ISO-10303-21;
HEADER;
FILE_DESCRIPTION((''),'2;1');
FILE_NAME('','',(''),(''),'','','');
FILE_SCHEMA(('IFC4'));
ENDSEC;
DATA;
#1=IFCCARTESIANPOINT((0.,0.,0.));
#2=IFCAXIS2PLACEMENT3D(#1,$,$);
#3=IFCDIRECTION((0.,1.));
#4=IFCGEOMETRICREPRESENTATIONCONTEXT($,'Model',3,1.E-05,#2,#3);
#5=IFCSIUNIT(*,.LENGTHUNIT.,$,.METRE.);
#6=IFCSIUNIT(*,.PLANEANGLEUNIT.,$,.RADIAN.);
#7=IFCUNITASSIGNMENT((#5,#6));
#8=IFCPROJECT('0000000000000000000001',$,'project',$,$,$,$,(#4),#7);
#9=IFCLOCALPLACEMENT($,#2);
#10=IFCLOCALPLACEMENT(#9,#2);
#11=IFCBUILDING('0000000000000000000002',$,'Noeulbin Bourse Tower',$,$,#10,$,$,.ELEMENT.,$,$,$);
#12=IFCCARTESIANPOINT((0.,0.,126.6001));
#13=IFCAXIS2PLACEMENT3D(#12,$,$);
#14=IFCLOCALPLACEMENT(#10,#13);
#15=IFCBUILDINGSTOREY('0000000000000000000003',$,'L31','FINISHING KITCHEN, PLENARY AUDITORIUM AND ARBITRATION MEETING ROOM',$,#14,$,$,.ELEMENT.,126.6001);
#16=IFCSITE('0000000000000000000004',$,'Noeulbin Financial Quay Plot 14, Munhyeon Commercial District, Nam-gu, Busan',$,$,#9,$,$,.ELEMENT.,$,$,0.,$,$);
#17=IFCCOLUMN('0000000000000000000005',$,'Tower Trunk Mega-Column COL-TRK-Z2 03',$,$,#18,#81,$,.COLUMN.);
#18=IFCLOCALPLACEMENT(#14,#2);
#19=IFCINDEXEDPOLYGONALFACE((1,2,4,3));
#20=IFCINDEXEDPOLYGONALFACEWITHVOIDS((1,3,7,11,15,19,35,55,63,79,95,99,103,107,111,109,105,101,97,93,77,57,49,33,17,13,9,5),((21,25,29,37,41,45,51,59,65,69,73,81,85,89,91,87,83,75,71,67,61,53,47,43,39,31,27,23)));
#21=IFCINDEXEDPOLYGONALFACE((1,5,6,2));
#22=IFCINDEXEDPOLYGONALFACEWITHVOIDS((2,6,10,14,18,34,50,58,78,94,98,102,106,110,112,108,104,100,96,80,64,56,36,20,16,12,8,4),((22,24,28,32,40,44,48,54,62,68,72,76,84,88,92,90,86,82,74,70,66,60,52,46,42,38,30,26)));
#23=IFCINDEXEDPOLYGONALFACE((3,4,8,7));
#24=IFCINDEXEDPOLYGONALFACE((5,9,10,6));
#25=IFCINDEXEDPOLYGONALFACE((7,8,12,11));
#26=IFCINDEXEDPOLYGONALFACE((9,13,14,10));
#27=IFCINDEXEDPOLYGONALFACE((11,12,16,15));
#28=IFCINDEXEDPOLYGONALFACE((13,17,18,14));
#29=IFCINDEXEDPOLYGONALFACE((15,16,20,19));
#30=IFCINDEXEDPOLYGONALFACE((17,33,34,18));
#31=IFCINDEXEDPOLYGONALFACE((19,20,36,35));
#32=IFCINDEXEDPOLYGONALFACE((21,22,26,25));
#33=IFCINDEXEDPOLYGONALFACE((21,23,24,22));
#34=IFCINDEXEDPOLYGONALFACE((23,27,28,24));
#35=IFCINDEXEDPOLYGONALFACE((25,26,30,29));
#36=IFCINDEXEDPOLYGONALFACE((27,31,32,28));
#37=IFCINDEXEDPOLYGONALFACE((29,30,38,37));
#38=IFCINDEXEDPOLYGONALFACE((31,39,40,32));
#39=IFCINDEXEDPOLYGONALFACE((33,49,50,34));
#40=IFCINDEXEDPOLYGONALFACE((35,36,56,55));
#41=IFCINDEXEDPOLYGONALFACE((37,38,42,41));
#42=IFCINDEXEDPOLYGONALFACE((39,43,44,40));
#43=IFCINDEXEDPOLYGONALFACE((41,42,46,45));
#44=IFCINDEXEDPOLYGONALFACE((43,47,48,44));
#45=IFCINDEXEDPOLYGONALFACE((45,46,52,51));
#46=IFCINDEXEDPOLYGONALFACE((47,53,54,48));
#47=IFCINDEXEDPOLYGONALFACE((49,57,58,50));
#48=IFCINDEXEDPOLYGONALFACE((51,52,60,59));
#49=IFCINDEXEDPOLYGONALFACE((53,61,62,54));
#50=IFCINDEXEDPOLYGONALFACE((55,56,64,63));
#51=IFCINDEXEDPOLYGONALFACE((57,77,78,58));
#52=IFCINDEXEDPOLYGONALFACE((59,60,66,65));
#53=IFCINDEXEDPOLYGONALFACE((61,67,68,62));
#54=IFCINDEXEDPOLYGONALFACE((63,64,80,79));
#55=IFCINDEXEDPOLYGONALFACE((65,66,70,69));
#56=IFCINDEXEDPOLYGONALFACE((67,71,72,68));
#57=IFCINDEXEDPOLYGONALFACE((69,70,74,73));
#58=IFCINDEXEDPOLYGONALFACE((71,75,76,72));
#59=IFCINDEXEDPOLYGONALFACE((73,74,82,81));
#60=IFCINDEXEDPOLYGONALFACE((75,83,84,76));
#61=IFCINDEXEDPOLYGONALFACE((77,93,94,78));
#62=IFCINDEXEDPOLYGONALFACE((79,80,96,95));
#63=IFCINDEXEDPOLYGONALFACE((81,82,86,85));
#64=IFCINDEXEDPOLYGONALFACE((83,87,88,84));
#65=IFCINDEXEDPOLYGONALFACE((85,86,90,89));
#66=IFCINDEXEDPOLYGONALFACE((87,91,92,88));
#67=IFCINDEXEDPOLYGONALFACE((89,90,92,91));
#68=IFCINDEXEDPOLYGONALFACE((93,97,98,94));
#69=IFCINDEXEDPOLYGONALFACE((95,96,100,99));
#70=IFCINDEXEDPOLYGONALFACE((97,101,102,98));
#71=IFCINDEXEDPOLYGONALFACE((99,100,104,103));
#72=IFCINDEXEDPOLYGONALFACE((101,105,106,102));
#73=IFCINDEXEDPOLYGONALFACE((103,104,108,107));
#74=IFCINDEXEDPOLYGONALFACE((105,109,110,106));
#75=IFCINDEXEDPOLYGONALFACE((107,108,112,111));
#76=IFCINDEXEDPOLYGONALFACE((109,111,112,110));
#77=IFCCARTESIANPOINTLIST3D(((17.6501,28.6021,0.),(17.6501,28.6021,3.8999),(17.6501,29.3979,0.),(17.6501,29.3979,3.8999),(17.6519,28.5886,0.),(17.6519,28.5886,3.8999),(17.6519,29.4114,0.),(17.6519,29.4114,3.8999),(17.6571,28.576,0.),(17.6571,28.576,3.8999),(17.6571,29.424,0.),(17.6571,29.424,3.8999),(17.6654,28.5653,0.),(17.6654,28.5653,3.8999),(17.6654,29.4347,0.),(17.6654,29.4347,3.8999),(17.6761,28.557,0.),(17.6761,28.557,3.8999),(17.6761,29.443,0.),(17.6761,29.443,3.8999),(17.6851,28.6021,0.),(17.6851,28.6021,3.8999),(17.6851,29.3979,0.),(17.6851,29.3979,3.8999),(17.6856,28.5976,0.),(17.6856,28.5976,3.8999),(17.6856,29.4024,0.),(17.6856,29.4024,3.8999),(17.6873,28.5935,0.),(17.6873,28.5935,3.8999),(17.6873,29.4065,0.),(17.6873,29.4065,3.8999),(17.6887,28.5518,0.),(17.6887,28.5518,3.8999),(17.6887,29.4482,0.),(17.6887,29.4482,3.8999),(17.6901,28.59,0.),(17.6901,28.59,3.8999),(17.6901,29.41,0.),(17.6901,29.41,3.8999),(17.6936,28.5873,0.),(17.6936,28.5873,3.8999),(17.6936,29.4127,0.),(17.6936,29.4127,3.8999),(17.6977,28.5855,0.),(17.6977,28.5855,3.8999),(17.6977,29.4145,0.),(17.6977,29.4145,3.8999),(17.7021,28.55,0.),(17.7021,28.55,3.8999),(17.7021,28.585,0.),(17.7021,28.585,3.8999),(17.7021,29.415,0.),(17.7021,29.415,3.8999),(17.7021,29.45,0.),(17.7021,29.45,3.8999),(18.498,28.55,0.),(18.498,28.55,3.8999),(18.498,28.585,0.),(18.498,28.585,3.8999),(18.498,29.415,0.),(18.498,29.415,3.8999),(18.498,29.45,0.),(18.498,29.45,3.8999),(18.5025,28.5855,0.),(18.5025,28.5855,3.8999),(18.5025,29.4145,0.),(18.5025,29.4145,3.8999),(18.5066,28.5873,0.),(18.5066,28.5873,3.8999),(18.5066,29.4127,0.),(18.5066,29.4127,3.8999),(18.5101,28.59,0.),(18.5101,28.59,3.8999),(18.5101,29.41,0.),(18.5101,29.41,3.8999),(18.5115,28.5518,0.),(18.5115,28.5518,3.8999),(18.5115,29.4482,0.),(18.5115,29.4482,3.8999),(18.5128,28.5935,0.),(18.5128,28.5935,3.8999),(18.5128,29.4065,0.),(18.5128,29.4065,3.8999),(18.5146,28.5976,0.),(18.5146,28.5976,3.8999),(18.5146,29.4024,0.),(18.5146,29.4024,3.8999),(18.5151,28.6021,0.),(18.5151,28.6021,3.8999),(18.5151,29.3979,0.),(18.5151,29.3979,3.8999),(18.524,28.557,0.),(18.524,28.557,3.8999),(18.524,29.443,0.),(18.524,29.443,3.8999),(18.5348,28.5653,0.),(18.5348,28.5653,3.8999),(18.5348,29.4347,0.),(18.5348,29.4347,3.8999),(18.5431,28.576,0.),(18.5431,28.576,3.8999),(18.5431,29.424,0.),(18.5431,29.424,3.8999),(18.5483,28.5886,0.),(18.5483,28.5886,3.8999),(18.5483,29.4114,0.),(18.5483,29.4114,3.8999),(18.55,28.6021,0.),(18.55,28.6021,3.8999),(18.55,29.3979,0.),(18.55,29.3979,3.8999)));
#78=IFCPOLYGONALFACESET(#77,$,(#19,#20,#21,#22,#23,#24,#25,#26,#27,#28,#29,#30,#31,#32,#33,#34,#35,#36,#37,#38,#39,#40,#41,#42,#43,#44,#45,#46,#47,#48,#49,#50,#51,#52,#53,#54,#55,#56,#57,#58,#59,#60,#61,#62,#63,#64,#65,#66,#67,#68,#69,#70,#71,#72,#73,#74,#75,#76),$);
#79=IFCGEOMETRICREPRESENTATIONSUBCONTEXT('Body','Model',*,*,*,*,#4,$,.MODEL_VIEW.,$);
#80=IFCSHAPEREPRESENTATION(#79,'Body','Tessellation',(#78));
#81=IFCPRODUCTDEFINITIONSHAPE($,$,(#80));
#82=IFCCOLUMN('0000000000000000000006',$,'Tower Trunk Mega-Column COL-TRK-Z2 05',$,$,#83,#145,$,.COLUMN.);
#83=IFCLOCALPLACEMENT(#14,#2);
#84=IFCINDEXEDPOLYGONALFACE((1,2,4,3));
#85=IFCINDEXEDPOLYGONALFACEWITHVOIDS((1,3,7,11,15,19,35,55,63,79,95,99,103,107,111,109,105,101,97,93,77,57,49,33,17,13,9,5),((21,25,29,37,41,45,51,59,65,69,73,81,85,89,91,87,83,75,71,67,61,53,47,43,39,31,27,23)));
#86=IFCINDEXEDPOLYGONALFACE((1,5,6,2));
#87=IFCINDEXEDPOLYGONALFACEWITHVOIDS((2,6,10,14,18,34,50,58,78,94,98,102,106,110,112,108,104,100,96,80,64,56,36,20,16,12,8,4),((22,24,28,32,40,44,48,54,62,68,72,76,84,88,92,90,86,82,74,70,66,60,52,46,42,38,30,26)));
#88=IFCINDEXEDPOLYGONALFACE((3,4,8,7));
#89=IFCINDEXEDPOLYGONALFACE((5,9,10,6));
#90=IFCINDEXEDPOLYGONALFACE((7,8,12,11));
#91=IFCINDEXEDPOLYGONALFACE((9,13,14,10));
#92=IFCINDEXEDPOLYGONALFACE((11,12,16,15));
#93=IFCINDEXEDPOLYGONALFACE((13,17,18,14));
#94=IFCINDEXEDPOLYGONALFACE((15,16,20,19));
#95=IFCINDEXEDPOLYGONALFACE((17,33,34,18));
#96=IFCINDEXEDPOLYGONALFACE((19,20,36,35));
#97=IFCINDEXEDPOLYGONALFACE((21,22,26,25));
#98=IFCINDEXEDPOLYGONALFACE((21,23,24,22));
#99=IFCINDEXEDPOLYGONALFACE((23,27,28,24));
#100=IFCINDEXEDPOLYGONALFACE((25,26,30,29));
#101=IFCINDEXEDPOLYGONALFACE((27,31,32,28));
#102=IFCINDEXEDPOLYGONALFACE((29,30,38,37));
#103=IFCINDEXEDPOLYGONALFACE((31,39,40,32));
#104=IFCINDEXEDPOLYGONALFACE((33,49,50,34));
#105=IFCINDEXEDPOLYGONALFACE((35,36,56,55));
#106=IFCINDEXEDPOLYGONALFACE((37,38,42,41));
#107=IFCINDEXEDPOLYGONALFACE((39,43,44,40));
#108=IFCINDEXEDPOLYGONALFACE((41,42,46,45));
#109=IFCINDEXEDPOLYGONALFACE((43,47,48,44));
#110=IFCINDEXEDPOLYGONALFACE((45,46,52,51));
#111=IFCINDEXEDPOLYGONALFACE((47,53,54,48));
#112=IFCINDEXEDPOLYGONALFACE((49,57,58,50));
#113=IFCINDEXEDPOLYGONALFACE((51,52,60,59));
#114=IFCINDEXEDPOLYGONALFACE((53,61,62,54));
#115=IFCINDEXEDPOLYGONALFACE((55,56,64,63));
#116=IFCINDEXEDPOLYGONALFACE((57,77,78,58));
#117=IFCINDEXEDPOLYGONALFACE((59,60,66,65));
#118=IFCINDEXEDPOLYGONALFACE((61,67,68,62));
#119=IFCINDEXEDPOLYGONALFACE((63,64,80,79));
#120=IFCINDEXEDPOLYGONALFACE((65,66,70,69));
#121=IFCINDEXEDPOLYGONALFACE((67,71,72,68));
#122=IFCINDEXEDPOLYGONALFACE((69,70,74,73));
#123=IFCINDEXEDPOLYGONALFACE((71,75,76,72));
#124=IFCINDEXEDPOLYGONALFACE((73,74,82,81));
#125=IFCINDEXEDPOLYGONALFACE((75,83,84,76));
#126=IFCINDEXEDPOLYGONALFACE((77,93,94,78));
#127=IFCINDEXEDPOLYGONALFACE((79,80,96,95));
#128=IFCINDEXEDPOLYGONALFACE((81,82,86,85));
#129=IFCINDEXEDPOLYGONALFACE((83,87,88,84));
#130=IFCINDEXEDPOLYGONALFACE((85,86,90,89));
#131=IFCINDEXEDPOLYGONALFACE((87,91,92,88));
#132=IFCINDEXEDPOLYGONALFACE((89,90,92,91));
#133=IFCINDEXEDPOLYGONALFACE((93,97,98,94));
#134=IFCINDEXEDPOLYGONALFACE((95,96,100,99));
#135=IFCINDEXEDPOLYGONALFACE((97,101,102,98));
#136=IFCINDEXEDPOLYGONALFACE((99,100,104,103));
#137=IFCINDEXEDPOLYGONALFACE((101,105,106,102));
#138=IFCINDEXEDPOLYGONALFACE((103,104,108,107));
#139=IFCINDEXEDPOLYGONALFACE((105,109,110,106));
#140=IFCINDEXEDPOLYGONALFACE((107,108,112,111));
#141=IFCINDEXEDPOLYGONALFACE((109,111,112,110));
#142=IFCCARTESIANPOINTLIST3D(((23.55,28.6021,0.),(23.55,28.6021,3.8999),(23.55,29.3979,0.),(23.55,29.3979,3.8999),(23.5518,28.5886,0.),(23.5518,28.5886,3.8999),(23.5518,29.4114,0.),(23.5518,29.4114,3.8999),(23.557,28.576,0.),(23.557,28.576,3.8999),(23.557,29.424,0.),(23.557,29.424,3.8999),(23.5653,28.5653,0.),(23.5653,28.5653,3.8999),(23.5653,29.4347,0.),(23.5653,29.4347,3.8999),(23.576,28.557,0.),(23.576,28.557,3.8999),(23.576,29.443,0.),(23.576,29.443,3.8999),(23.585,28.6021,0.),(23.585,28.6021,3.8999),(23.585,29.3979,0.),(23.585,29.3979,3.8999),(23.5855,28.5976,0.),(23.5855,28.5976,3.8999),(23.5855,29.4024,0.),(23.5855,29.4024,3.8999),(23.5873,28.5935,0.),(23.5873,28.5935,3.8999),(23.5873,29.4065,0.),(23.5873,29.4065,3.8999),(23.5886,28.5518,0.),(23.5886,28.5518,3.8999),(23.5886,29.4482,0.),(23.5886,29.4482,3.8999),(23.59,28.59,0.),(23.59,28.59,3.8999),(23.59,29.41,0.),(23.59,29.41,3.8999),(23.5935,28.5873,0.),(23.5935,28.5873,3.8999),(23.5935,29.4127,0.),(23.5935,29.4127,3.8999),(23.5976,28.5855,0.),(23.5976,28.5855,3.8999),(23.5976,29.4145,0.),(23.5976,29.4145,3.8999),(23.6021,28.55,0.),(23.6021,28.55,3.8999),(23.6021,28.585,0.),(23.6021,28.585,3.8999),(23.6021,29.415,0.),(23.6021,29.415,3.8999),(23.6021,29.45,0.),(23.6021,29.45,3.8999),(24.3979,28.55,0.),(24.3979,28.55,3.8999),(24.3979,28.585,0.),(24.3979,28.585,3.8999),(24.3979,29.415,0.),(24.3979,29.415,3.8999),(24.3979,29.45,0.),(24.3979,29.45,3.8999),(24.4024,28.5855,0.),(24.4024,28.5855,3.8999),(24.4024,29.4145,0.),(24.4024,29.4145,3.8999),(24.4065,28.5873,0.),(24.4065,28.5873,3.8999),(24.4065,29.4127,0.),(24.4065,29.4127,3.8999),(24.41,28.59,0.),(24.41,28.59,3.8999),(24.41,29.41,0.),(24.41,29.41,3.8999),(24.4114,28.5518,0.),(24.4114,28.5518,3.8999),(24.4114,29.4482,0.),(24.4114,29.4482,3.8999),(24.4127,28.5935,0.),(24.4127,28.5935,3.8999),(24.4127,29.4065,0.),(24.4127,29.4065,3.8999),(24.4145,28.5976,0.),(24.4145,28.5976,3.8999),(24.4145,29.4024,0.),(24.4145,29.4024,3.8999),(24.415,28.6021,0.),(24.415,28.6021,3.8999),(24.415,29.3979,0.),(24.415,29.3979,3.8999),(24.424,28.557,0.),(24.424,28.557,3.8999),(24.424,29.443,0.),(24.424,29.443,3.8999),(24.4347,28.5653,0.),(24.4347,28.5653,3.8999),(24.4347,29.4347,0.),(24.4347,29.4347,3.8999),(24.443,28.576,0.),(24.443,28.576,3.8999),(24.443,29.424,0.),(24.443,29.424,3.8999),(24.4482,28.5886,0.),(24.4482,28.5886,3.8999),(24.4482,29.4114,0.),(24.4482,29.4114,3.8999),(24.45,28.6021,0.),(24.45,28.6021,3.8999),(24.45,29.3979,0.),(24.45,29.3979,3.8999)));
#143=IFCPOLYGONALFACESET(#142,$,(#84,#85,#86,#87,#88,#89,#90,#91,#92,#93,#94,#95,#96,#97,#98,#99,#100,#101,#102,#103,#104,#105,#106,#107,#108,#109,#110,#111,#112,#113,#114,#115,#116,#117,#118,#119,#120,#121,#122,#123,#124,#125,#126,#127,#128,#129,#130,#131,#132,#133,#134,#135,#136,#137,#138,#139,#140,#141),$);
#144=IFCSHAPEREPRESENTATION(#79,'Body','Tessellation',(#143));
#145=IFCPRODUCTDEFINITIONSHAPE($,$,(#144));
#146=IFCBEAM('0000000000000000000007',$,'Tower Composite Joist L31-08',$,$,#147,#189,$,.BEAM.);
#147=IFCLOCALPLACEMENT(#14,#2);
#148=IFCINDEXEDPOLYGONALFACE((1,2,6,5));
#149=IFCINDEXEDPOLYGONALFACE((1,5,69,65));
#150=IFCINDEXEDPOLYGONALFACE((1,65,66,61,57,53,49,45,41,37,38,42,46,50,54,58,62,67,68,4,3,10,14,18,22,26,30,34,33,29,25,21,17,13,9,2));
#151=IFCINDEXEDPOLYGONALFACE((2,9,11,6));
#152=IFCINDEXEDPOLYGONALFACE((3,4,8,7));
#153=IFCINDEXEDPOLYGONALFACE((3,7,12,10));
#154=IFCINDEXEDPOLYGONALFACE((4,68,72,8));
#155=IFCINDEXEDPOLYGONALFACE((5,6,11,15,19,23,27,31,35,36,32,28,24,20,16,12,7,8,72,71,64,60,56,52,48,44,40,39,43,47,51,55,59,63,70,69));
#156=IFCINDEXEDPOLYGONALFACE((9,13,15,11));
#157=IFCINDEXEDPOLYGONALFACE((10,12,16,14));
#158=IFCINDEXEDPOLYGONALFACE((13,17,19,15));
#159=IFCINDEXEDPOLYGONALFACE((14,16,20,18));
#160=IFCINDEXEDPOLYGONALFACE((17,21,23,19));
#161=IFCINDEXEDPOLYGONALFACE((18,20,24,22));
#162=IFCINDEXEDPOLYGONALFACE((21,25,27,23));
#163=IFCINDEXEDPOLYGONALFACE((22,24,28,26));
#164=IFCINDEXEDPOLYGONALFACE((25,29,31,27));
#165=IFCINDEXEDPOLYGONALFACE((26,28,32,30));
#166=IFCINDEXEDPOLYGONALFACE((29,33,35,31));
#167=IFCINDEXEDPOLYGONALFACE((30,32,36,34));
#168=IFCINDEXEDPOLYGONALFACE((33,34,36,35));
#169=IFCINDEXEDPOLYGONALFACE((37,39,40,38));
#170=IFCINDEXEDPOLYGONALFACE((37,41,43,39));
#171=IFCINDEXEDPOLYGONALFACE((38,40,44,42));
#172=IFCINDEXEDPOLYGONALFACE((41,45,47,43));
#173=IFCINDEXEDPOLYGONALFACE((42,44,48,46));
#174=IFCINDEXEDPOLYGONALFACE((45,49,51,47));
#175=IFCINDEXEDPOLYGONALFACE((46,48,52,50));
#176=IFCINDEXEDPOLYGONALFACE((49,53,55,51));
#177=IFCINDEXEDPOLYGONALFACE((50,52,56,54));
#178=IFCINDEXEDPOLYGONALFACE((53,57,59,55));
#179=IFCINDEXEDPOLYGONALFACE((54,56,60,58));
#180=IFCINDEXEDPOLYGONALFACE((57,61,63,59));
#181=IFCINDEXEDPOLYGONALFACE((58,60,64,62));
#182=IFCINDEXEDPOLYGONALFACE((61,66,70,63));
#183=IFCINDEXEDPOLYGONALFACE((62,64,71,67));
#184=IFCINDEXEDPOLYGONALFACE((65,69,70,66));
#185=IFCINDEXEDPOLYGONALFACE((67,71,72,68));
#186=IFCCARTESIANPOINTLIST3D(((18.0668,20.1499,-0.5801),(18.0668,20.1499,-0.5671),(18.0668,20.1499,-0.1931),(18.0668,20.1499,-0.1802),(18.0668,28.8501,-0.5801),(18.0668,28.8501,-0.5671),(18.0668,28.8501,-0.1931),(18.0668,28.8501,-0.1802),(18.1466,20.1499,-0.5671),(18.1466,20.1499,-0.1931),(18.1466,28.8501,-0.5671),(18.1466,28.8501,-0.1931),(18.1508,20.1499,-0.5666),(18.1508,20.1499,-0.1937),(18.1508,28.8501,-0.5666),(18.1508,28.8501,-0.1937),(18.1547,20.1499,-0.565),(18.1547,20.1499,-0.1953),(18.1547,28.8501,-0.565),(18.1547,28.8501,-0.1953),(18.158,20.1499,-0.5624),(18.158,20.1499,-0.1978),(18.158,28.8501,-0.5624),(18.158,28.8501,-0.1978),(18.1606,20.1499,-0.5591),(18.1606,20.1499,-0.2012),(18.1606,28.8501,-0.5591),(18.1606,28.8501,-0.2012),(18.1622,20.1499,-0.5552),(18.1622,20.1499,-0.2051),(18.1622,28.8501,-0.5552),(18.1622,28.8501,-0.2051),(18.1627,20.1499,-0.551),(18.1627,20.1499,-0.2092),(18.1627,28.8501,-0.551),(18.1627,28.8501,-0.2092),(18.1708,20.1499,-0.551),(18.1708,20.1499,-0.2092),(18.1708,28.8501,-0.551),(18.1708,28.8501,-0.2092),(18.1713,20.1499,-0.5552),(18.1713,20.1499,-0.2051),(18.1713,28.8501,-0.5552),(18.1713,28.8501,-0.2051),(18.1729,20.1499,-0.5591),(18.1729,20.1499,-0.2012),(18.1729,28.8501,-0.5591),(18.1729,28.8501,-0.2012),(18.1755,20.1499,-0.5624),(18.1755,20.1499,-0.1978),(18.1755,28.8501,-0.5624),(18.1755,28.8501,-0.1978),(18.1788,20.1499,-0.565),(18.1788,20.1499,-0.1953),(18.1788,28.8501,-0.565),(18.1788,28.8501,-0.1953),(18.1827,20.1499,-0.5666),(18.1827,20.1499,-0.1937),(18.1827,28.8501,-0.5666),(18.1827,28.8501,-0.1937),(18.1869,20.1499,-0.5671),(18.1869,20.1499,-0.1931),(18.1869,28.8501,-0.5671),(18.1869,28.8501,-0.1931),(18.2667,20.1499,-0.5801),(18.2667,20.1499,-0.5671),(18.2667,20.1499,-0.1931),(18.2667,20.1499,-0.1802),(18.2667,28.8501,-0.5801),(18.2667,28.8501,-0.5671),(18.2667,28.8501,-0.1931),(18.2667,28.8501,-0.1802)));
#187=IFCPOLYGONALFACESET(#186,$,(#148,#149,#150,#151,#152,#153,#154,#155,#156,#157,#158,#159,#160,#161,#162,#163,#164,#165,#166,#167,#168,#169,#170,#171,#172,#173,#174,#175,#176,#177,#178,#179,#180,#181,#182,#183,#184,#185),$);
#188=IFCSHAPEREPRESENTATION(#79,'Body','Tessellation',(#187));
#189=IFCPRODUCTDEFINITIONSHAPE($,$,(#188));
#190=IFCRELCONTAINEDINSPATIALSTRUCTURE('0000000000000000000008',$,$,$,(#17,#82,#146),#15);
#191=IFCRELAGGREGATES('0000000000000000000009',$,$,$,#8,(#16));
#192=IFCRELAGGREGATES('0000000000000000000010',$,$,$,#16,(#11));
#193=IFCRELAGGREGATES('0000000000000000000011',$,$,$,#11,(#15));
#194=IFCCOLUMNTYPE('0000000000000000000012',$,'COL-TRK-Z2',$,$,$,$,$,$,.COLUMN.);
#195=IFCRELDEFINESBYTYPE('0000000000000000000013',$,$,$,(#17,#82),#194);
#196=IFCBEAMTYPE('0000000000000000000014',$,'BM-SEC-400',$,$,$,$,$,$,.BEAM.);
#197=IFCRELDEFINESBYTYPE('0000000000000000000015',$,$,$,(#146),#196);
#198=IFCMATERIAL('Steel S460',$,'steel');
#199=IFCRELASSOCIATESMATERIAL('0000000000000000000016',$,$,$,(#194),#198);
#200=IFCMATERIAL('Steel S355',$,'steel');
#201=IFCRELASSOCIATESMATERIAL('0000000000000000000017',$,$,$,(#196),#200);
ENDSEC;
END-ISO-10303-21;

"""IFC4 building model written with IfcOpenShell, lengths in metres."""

from ifc_helpers import new_model, si_unit, direction, frame, origin, origin_2d, place, context, subcontext, project, spatial, hollow_rectangle, i_section, extrude, material, material_profile, profile_set, type_object, element, save


model = new_model("IFC4")

# Units and contexts
model_context = context("Model", 3, precision=1e-05, world=origin(), true_north=direction((0.0, 1.0)))
body_context = subcontext(model_context, "Body", "Model", "MODEL_VIEW")
ifc_project = project(units=[si_unit("LENGTHUNIT", "METRE"), si_unit("PLANEANGLEUNIT", "RADIAN")], contexts=[model_context])

# Site, building, storey
site_placement = place(None, origin())
site = spatial("IfcSite", under=ifc_project, at=site_placement, Name="Noeulbin Financial Quay Plot 14, Munhyeon Commercial District, Nam-gu, Busan", CompositionType="ELEMENT", RefElevation=0.0)
building_placement = place(site_placement, origin())
building = spatial("IfcBuilding", under=site, at=building_placement, Name="Noeulbin Bourse Tower", CompositionType="ELEMENT")
storey_placement = place(building_placement, frame((0.0, 0.0, 126.6001)))
storey = spatial("IfcBuildingStorey", under=building, at=storey_placement, Name="L31", Description="FINISHING KITCHEN, PLENARY AUDITORIUM AND ARBITRATION MEETING ROOM", CompositionType="ELEMENT", Elevation=126.6001)

# Columns
ifc_material_1 = material(Name="Steel S460", Category="steel")
ifc_material_profile_1 = material_profile(ifc_material_1, hollow_rectangle(XDim=0.8999, YDim=0.8999, WallThickness=0.0349, InnerFilletRadius=0.0171, OuterFilletRadius=0.052, at=origin_2d()), Name="BOX-900x900x35", Category="LoadBearing")
ifc_profile_set_1 = profile_set([ifc_material_profile_1], Name="Steel S460")
column_type = type_object("IfcColumnType", Name="COL-TRK-Z2", PredefinedType="COLUMN", material=ifc_profile_set_1)
for number, where, z_axis, x_axis, name in (
    (1, (18.1001, 29.0, 0.0), (0.0, 0.0, 1.0), (1.0, 0.0, 0.0), "Tower Trunk Mega-Column COL-TRK-Z2 03"),
    (2, (24.0, 29.0, 0.0), (0.0, 0.0, 1.0), (1.0, 0.0, 0.0), "Tower Trunk Mega-Column COL-TRK-Z2 05"),
):
    element("IfcColumn", number, at=place(storey_placement, frame(where, z_axis=z_axis, x_axis=x_axis)), inside=storey, type_object=column_type, Name=name, PredefinedType="COLUMN", context=body_context, shape_type="SweptSolid", body=[
        extrude(hollow_rectangle(XDim=0.8999, YDim=0.8999, WallThickness=0.0349, InnerFilletRadius=0.0171, OuterFilletRadius=0.052, at=origin_2d()), origin(), (0.0, 0.0, 1.0), 3.8999),
    ])

# Beam
ifc_material_2 = material(Name="Steel S355", Category="steel")
ifc_material_profile_2 = material_profile(ifc_material_2, i_section(OverallWidth=0.2, OverallDepth=0.3999, WebThickness=0.0081, FlangeThickness=0.0129, FilletRadius=0.0161, at=origin_2d()), Name="H-400x200x8x13", Category="LoadBearing")
ifc_profile_set_2 = profile_set([ifc_material_profile_2], Name="Steel S355")
beam_type = type_object("IfcBeamType", Name="BM-SEC-400", PredefinedType="BEAM", material=ifc_profile_set_2)
for number, where, z_axis, x_axis, name in (
    (3, (18.1667, 20.1499, -0.3801), (0.0, 1.0, 0.0), (-1.0, 0.0, 0.0), "Tower Composite Joist L31-08"),
):
    element("IfcBeam", number, at=place(storey_placement, frame(where, z_axis=z_axis, x_axis=x_axis)), inside=storey, type_object=beam_type, Name=name, PredefinedType="BEAM", context=body_context, shape_type="SweptSolid", body=[
        extrude(i_section(OverallWidth=0.2, OverallDepth=0.3999, WebThickness=0.0081, FlangeThickness=0.0129, FilletRadius=0.0161, at=origin_2d()), origin(), (0.0, 0.0, 1.0), 8.7002),
    ])

save(model, "model.ifc")
